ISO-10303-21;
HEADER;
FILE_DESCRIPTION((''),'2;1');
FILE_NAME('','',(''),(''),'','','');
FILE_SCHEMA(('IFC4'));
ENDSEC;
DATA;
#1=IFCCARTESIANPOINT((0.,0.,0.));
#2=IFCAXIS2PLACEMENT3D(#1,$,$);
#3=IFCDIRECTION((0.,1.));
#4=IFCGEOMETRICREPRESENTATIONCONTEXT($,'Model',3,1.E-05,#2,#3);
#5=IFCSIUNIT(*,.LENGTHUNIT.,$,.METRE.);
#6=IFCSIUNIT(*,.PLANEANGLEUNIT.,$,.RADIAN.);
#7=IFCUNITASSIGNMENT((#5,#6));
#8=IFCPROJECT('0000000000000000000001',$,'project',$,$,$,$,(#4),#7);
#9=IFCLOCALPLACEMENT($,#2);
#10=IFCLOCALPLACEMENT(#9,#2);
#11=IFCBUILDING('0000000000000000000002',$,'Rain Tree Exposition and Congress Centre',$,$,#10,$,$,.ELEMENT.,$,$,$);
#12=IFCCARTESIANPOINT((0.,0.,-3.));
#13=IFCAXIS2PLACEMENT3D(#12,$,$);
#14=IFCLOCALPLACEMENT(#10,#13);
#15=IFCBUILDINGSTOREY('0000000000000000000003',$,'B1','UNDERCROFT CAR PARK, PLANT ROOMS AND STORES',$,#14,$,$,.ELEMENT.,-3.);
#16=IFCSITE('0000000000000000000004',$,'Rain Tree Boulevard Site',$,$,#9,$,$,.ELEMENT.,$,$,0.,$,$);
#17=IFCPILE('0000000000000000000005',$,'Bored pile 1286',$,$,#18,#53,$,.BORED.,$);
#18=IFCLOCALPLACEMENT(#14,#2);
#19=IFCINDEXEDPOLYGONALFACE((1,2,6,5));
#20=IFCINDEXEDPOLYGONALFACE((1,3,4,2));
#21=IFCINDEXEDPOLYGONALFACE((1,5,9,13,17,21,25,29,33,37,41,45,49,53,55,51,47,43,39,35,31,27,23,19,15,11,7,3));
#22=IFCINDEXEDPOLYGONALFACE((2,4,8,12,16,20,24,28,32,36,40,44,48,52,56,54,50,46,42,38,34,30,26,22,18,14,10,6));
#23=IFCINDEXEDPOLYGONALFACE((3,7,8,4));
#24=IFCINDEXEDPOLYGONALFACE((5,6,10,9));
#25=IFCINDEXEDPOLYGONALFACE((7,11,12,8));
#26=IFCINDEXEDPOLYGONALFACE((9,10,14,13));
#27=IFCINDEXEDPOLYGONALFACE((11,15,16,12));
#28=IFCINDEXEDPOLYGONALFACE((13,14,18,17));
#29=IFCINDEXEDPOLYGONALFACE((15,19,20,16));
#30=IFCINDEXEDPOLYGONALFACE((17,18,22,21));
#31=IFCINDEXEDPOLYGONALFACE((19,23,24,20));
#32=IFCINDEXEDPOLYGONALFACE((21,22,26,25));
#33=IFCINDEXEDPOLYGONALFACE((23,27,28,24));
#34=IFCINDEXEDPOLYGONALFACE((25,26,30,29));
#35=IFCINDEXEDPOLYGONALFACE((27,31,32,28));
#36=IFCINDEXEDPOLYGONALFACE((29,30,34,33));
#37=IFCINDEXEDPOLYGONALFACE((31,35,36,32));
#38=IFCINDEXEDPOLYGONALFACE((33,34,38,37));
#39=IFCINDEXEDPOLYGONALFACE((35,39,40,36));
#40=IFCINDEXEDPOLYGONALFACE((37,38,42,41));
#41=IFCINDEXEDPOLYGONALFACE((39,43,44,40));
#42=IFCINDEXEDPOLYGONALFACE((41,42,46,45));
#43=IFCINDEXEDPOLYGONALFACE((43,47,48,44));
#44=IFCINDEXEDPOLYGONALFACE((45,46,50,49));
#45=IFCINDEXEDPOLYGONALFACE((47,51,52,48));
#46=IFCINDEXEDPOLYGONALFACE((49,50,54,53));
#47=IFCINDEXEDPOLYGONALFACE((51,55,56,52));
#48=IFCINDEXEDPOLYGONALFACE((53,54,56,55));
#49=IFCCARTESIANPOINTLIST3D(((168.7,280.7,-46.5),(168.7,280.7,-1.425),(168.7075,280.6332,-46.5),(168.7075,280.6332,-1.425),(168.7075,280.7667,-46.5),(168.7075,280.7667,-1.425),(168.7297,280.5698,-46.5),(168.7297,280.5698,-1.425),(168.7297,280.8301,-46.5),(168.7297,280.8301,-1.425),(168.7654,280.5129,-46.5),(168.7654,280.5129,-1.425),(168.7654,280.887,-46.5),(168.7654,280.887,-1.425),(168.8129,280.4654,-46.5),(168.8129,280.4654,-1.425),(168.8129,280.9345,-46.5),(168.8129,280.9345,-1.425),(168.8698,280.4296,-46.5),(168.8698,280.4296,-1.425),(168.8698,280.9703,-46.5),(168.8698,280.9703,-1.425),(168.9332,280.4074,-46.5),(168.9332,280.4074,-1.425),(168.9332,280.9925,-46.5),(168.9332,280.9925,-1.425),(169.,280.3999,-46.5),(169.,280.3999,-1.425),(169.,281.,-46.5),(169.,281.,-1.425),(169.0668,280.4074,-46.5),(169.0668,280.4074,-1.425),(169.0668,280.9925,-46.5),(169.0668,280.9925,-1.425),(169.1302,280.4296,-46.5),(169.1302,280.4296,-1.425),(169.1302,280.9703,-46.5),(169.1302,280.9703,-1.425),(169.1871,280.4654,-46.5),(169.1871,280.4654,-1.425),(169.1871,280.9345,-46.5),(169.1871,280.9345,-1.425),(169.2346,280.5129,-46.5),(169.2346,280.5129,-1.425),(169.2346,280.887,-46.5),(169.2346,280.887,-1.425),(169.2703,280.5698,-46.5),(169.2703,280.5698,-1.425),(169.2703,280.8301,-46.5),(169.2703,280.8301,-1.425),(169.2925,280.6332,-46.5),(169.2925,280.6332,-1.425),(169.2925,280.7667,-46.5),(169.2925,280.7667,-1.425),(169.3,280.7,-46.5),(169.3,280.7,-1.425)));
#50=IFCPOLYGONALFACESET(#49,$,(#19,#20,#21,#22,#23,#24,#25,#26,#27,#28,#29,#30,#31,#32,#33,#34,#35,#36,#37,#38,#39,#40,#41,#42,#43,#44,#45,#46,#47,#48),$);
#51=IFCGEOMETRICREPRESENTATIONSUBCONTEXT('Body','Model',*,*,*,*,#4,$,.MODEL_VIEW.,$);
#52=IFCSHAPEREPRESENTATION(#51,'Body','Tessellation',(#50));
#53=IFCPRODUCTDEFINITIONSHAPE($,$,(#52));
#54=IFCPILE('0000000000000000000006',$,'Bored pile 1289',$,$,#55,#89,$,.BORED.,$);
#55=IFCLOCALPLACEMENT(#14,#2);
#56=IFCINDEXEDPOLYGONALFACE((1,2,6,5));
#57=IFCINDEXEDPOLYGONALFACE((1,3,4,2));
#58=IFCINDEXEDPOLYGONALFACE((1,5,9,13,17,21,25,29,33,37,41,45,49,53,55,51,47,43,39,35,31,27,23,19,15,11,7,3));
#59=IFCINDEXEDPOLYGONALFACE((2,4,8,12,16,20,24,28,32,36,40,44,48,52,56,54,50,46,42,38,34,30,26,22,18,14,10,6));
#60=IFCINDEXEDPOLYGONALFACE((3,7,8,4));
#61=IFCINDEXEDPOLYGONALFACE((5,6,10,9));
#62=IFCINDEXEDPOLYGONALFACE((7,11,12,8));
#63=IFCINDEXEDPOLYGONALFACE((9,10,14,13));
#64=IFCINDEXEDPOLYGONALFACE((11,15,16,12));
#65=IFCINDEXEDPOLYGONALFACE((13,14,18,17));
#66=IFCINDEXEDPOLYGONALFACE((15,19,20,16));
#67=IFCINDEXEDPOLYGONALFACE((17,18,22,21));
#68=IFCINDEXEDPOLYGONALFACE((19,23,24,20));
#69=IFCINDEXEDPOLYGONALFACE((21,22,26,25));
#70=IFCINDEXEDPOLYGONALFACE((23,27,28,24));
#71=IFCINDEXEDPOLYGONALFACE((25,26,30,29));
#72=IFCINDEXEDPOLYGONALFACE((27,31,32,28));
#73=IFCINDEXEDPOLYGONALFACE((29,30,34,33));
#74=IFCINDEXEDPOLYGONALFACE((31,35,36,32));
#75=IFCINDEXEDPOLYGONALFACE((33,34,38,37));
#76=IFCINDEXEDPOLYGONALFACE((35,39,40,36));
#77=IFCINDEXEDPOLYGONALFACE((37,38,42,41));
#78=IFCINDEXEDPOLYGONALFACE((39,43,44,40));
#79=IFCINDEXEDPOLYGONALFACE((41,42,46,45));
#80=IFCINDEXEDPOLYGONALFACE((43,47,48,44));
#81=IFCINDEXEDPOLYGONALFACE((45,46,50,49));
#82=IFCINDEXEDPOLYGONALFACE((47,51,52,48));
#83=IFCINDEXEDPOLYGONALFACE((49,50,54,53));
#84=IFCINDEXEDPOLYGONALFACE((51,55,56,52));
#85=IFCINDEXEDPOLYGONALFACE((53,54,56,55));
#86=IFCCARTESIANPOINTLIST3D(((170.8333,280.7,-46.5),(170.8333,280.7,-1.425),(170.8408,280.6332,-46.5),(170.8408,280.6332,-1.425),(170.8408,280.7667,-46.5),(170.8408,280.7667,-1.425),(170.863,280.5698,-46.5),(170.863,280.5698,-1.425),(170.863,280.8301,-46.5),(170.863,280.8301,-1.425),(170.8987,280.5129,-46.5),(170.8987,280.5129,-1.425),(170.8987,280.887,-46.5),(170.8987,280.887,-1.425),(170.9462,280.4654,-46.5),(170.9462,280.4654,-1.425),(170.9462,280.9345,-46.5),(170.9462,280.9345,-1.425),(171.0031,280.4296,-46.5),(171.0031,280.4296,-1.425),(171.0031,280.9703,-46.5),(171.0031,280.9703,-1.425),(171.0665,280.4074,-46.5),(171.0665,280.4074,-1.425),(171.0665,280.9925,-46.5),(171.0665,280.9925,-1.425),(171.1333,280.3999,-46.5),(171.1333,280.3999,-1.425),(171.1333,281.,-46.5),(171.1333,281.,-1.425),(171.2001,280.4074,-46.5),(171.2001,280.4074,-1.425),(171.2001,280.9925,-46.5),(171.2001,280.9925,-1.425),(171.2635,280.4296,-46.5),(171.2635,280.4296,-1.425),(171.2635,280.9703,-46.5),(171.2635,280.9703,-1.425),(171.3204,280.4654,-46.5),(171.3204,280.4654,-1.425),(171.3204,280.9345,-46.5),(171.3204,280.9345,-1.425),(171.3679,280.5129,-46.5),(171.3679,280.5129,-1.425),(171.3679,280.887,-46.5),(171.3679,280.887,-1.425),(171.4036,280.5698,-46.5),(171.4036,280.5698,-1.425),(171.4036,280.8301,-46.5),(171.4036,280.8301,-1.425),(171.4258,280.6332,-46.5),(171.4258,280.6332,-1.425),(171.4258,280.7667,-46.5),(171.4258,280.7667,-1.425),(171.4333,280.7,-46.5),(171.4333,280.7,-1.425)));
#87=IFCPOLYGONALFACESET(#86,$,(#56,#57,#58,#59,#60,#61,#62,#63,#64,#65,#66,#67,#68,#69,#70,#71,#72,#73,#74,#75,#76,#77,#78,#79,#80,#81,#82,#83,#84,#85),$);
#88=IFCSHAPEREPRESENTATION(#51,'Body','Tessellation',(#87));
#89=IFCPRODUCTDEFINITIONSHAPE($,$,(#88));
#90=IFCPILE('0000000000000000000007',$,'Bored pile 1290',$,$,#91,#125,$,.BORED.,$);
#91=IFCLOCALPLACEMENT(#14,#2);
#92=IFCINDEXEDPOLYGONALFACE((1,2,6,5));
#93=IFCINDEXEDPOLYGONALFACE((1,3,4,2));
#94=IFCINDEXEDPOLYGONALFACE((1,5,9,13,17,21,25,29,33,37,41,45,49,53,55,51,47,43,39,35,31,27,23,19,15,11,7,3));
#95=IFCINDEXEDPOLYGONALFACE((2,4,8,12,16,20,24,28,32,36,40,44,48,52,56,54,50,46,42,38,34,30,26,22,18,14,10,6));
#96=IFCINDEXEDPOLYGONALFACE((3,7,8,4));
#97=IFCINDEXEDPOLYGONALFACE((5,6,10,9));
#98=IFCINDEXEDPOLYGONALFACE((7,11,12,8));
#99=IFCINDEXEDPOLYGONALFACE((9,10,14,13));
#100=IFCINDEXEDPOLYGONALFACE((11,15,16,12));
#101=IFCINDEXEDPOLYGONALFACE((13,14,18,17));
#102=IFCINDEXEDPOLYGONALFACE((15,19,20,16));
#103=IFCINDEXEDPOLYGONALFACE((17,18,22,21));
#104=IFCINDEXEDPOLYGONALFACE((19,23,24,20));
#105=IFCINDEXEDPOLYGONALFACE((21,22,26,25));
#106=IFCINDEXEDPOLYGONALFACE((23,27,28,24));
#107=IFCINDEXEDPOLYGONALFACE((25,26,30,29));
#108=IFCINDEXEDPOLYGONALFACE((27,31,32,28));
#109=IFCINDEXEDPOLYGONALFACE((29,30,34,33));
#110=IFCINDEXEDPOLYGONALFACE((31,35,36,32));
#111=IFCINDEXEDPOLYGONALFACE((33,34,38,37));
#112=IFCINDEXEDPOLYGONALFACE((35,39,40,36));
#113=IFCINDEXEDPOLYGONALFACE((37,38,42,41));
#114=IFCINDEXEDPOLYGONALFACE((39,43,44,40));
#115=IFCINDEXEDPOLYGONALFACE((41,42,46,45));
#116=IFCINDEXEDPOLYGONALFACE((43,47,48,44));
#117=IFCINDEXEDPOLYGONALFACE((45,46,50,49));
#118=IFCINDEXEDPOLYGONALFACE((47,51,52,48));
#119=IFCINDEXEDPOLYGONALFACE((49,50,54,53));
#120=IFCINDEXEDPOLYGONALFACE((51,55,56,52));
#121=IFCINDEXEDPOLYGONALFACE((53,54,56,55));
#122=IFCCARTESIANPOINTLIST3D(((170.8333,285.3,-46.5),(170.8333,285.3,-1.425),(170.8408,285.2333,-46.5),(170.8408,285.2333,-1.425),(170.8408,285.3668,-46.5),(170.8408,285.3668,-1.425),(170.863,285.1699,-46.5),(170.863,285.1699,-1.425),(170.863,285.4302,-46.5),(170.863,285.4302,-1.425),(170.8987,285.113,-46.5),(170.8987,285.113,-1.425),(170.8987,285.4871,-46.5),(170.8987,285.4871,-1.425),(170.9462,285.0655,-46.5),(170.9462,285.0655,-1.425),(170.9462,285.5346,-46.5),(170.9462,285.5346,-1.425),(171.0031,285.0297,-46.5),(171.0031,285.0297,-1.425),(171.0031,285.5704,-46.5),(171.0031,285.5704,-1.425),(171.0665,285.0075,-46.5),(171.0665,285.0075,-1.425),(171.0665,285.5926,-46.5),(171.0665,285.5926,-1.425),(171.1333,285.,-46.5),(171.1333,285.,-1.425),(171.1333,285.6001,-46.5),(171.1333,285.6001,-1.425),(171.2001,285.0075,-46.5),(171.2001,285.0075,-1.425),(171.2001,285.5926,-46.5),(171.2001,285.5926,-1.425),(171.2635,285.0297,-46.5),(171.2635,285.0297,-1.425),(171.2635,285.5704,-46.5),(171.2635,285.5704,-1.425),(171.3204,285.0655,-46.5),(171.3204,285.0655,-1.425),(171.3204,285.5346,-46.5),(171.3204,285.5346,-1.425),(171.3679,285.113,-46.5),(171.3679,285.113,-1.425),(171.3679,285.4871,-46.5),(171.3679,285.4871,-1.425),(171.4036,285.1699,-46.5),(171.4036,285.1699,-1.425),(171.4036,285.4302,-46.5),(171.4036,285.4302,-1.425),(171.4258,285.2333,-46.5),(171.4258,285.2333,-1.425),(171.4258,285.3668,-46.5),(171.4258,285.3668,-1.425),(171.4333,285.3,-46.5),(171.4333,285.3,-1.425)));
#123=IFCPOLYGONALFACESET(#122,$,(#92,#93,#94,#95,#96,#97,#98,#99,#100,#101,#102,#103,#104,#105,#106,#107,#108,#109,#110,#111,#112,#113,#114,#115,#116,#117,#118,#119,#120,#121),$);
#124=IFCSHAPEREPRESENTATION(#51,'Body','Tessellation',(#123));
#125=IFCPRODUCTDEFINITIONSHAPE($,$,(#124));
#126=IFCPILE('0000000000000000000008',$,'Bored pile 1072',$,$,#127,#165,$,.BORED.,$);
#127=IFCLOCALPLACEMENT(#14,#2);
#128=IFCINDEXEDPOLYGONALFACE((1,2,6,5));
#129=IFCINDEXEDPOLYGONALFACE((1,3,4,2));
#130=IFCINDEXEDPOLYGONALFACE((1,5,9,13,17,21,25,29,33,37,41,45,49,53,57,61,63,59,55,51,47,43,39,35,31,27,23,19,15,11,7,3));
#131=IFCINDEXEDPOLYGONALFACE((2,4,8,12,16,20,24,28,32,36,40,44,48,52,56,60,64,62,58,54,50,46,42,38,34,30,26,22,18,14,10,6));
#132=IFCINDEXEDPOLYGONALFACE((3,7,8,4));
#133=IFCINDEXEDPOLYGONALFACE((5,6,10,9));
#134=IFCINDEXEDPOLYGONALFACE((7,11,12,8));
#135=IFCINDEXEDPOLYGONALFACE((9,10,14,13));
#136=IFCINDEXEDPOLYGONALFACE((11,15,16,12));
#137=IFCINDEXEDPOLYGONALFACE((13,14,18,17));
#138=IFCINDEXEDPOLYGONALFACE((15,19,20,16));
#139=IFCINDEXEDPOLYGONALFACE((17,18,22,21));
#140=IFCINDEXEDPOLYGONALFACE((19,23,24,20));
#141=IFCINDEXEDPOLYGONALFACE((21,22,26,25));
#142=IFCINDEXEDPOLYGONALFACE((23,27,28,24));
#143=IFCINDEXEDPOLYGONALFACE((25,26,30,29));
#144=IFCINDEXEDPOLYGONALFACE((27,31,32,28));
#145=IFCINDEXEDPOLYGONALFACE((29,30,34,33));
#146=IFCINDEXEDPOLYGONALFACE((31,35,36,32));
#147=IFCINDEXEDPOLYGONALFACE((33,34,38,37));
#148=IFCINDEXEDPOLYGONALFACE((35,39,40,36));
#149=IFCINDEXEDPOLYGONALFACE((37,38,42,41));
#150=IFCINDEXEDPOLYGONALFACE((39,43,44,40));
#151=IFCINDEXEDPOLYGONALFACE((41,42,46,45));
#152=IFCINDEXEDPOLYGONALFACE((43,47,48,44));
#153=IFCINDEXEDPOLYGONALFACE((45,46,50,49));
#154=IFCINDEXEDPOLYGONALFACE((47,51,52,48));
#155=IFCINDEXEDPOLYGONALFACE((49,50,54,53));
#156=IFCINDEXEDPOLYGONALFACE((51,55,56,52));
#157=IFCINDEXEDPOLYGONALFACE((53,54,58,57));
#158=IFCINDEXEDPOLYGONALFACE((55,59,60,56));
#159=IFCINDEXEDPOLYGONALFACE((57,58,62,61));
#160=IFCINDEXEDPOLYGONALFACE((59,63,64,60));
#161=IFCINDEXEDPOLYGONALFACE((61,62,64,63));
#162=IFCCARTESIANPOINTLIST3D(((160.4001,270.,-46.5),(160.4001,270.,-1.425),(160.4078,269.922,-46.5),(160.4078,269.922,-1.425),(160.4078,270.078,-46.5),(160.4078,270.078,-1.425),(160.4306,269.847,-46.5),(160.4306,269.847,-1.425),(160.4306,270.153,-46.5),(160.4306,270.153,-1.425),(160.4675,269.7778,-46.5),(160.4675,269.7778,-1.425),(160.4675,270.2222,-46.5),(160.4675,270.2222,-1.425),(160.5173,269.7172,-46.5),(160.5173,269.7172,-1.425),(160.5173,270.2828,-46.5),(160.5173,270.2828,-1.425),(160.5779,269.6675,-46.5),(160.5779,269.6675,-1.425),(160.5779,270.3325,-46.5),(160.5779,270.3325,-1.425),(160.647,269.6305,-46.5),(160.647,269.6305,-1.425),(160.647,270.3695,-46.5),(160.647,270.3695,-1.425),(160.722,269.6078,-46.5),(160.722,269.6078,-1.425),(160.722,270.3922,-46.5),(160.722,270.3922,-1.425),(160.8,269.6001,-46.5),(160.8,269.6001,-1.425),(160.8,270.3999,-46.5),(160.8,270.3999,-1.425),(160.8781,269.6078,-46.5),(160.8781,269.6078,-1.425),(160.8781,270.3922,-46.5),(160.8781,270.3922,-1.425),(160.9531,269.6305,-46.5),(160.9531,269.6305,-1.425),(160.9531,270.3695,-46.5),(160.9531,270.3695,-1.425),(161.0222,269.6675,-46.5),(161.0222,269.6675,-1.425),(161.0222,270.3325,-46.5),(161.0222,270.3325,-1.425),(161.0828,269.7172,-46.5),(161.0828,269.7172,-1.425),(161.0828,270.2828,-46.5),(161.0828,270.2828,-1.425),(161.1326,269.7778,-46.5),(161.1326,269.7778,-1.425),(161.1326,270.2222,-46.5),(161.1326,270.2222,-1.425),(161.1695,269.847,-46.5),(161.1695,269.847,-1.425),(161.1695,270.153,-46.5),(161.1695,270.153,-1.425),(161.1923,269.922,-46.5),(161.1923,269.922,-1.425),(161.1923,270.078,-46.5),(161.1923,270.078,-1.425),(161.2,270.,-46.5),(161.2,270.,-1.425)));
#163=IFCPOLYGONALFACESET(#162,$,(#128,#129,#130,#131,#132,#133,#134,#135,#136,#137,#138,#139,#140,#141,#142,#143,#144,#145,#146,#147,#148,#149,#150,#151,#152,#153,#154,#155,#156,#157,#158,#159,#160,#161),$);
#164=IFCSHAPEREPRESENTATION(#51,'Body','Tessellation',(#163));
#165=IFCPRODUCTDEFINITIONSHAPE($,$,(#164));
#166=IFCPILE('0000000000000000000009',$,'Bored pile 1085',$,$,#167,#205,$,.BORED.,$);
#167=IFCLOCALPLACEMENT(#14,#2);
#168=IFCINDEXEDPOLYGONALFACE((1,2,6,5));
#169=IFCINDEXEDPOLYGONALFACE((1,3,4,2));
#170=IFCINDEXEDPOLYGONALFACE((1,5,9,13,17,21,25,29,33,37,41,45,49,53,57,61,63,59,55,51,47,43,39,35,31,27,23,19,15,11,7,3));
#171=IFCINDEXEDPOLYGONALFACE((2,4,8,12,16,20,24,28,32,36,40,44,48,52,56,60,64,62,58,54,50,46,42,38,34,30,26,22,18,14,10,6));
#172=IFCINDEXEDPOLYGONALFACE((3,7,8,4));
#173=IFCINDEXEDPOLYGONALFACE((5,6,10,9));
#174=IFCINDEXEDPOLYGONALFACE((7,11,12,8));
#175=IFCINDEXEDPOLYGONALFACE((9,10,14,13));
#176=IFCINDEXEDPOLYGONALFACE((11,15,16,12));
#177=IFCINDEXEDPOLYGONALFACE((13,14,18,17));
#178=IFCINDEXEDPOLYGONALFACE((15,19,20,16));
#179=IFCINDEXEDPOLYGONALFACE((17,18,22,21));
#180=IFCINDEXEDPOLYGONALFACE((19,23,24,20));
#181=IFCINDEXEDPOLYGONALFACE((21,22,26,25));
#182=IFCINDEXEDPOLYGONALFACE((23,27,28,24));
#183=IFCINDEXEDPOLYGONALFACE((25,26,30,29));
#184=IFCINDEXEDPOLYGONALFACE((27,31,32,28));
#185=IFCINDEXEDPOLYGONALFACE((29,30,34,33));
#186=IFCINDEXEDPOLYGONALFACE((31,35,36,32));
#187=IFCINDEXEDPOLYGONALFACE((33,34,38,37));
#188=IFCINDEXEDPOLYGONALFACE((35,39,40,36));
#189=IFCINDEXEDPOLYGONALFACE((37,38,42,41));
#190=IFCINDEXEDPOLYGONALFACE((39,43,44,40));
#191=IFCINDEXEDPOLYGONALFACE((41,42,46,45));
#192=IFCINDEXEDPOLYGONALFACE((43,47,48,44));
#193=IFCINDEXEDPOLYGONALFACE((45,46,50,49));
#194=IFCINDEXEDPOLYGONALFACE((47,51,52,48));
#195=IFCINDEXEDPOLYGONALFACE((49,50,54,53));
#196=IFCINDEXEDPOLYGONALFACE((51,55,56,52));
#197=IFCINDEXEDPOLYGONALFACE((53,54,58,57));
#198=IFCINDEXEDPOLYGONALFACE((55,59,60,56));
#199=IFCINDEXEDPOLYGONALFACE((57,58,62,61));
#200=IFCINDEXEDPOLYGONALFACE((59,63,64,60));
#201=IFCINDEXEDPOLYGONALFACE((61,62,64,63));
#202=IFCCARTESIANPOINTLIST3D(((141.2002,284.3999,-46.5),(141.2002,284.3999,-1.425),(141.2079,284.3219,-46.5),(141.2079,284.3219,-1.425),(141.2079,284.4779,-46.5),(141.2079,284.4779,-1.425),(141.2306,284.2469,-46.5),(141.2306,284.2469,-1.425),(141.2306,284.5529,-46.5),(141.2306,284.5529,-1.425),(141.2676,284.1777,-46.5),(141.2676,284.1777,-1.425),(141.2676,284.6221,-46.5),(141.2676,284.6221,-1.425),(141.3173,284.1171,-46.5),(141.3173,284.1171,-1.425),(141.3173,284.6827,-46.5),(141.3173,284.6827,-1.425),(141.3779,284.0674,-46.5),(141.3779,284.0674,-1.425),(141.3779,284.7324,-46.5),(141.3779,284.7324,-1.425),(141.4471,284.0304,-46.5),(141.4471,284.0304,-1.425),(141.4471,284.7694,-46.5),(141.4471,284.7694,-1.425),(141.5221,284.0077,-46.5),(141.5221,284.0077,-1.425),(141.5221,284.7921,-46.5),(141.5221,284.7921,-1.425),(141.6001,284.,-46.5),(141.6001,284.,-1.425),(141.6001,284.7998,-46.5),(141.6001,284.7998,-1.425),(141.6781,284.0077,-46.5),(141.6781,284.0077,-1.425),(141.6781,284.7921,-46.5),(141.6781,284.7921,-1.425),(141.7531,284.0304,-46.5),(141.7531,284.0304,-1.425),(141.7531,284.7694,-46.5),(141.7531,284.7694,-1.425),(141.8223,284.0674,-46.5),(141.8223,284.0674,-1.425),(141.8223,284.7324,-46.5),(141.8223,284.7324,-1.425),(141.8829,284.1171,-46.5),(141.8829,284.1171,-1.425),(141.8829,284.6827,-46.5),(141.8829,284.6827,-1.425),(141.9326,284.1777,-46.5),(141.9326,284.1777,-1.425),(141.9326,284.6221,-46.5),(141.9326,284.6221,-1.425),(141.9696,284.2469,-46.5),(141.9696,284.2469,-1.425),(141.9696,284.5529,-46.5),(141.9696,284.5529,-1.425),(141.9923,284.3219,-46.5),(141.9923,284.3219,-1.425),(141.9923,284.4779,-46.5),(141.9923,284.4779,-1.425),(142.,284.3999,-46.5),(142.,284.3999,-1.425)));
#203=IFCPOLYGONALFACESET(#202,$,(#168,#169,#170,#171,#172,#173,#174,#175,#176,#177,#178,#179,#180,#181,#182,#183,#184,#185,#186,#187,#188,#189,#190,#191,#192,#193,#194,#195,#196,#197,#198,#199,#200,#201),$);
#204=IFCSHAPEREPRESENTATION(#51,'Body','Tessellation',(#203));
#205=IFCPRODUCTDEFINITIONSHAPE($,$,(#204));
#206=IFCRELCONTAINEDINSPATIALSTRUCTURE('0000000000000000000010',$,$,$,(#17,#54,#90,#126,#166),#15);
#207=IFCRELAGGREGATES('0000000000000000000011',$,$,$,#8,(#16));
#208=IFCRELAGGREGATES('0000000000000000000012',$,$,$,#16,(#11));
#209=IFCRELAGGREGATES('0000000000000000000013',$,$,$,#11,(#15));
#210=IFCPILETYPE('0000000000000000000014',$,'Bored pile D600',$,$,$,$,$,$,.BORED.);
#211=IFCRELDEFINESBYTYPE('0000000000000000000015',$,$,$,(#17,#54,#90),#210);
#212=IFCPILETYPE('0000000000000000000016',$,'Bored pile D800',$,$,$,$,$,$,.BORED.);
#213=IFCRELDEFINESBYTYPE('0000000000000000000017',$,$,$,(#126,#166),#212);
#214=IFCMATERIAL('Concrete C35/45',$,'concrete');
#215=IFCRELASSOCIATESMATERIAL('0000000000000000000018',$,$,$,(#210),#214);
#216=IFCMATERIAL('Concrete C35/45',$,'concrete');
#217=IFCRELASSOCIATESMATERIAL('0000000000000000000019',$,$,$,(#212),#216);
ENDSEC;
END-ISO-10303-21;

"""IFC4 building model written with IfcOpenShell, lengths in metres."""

from ifc_helpers import new_model, si_unit, direction, frame, origin, origin_2d, place, context, subcontext, project, spatial, circle, extrude, material, material_profile, profile_set, type_object, element, save


model = new_model("IFC4")

# Units and contexts
model_context = context("Model", 3, precision=1e-05, world=origin(), true_north=direction((0.0, 1.0)))
body_context = subcontext(model_context, "Body", "Model", "MODEL_VIEW")
ifc_project = project(units=[si_unit("LENGTHUNIT", "METRE"), si_unit("PLANEANGLEUNIT", "RADIAN")], contexts=[model_context])

# Site, building, storey
site_placement = place(None, origin())
site = spatial("IfcSite", under=ifc_project, at=site_placement, Name="Rain Tree Boulevard Site", CompositionType="ELEMENT", RefElevation=0.0)
building_placement = place(site_placement, origin())
building = spatial("IfcBuilding", under=site, at=building_placement, Name="Rain Tree Exposition and Congress Centre", CompositionType="ELEMENT")
storey_placement = place(building_placement, frame((0.0, 0.0, -3.0)))
storey = spatial("IfcBuildingStorey", under=building, at=storey_placement, Name="B1", Description="UNDERCROFT CAR PARK, PLANT ROOMS AND STORES", CompositionType="ELEMENT", Elevation=-3.0)

# Piles
ifc_material_1 = material(Name="Concrete C35/45", Category="concrete")
ifc_material_profile_1 = material_profile(ifc_material_1, circle(Radius=0.3, at=origin_2d()), Name="D600")
ifc_profile_set_1 = profile_set([ifc_material_profile_1], Name="Concrete C35/45")
pile_type_1 = type_object("IfcPileType", Name="Bored pile D600", PredefinedType="BORED", material=ifc_profile_set_1)
for number, where, z_axis, x_axis, name in (
    (1, (169.0, 280.7, -1.425), (0.0, 0.0, -1.0), (1.0, 0.0, 0.0), "Bored pile 1286"),
    (2, (171.1333, 280.7, -1.425), (0.0, 0.0, -1.0), (1.0, 0.0, 0.0), "Bored pile 1289"),
    (3, (171.1333, 285.3, -1.425), (0.0, 0.0, -1.0), (1.0, 0.0, 0.0), "Bored pile 1290"),
):
    element("IfcPile", number, at=place(storey_placement, frame(where, z_axis=z_axis, x_axis=x_axis)), inside=storey, type_object=pile_type_1, Name=name, PredefinedType="BORED", context=body_context, shape_type="SweptSolid", body=[
        extrude(circle(Radius=0.3, at=origin_2d()), origin(), (0.0, 0.0, 1.0), 45.075),
    ])
ifc_material_2 = material(Name="Concrete C35/45", Category="concrete")
ifc_material_profile_2 = material_profile(ifc_material_2, circle(Radius=0.3999, at=origin_2d()), Name="D800")
ifc_profile_set_2 = profile_set([ifc_material_profile_2], Name="Concrete C35/45")
pile_type_2 = type_object("IfcPileType", Name="Bored pile D800", PredefinedType="BORED", material=ifc_profile_set_2)
for number, where, z_axis, x_axis, name in (
    (4, (160.8, 270.0, -1.425), (0.0, 0.0, -1.0), (1.0, 0.0, 0.0), "Bored pile 1072"),
    (5, (141.6001, 284.3999, -1.425), (0.0, 0.0, -1.0), (1.0, 0.0, 0.0), "Bored pile 1085"),
):
    element("IfcPile", number, at=place(storey_placement, frame(where, z_axis=z_axis, x_axis=x_axis)), inside=storey, type_object=pile_type_2, Name=name, PredefinedType="BORED", context=body_context, shape_type="SweptSolid", body=[
        extrude(circle(Radius=0.3999, at=origin_2d()), origin(), (0.0, 0.0, 1.0), 45.075),
    ])

save(model, "model.ifc")
